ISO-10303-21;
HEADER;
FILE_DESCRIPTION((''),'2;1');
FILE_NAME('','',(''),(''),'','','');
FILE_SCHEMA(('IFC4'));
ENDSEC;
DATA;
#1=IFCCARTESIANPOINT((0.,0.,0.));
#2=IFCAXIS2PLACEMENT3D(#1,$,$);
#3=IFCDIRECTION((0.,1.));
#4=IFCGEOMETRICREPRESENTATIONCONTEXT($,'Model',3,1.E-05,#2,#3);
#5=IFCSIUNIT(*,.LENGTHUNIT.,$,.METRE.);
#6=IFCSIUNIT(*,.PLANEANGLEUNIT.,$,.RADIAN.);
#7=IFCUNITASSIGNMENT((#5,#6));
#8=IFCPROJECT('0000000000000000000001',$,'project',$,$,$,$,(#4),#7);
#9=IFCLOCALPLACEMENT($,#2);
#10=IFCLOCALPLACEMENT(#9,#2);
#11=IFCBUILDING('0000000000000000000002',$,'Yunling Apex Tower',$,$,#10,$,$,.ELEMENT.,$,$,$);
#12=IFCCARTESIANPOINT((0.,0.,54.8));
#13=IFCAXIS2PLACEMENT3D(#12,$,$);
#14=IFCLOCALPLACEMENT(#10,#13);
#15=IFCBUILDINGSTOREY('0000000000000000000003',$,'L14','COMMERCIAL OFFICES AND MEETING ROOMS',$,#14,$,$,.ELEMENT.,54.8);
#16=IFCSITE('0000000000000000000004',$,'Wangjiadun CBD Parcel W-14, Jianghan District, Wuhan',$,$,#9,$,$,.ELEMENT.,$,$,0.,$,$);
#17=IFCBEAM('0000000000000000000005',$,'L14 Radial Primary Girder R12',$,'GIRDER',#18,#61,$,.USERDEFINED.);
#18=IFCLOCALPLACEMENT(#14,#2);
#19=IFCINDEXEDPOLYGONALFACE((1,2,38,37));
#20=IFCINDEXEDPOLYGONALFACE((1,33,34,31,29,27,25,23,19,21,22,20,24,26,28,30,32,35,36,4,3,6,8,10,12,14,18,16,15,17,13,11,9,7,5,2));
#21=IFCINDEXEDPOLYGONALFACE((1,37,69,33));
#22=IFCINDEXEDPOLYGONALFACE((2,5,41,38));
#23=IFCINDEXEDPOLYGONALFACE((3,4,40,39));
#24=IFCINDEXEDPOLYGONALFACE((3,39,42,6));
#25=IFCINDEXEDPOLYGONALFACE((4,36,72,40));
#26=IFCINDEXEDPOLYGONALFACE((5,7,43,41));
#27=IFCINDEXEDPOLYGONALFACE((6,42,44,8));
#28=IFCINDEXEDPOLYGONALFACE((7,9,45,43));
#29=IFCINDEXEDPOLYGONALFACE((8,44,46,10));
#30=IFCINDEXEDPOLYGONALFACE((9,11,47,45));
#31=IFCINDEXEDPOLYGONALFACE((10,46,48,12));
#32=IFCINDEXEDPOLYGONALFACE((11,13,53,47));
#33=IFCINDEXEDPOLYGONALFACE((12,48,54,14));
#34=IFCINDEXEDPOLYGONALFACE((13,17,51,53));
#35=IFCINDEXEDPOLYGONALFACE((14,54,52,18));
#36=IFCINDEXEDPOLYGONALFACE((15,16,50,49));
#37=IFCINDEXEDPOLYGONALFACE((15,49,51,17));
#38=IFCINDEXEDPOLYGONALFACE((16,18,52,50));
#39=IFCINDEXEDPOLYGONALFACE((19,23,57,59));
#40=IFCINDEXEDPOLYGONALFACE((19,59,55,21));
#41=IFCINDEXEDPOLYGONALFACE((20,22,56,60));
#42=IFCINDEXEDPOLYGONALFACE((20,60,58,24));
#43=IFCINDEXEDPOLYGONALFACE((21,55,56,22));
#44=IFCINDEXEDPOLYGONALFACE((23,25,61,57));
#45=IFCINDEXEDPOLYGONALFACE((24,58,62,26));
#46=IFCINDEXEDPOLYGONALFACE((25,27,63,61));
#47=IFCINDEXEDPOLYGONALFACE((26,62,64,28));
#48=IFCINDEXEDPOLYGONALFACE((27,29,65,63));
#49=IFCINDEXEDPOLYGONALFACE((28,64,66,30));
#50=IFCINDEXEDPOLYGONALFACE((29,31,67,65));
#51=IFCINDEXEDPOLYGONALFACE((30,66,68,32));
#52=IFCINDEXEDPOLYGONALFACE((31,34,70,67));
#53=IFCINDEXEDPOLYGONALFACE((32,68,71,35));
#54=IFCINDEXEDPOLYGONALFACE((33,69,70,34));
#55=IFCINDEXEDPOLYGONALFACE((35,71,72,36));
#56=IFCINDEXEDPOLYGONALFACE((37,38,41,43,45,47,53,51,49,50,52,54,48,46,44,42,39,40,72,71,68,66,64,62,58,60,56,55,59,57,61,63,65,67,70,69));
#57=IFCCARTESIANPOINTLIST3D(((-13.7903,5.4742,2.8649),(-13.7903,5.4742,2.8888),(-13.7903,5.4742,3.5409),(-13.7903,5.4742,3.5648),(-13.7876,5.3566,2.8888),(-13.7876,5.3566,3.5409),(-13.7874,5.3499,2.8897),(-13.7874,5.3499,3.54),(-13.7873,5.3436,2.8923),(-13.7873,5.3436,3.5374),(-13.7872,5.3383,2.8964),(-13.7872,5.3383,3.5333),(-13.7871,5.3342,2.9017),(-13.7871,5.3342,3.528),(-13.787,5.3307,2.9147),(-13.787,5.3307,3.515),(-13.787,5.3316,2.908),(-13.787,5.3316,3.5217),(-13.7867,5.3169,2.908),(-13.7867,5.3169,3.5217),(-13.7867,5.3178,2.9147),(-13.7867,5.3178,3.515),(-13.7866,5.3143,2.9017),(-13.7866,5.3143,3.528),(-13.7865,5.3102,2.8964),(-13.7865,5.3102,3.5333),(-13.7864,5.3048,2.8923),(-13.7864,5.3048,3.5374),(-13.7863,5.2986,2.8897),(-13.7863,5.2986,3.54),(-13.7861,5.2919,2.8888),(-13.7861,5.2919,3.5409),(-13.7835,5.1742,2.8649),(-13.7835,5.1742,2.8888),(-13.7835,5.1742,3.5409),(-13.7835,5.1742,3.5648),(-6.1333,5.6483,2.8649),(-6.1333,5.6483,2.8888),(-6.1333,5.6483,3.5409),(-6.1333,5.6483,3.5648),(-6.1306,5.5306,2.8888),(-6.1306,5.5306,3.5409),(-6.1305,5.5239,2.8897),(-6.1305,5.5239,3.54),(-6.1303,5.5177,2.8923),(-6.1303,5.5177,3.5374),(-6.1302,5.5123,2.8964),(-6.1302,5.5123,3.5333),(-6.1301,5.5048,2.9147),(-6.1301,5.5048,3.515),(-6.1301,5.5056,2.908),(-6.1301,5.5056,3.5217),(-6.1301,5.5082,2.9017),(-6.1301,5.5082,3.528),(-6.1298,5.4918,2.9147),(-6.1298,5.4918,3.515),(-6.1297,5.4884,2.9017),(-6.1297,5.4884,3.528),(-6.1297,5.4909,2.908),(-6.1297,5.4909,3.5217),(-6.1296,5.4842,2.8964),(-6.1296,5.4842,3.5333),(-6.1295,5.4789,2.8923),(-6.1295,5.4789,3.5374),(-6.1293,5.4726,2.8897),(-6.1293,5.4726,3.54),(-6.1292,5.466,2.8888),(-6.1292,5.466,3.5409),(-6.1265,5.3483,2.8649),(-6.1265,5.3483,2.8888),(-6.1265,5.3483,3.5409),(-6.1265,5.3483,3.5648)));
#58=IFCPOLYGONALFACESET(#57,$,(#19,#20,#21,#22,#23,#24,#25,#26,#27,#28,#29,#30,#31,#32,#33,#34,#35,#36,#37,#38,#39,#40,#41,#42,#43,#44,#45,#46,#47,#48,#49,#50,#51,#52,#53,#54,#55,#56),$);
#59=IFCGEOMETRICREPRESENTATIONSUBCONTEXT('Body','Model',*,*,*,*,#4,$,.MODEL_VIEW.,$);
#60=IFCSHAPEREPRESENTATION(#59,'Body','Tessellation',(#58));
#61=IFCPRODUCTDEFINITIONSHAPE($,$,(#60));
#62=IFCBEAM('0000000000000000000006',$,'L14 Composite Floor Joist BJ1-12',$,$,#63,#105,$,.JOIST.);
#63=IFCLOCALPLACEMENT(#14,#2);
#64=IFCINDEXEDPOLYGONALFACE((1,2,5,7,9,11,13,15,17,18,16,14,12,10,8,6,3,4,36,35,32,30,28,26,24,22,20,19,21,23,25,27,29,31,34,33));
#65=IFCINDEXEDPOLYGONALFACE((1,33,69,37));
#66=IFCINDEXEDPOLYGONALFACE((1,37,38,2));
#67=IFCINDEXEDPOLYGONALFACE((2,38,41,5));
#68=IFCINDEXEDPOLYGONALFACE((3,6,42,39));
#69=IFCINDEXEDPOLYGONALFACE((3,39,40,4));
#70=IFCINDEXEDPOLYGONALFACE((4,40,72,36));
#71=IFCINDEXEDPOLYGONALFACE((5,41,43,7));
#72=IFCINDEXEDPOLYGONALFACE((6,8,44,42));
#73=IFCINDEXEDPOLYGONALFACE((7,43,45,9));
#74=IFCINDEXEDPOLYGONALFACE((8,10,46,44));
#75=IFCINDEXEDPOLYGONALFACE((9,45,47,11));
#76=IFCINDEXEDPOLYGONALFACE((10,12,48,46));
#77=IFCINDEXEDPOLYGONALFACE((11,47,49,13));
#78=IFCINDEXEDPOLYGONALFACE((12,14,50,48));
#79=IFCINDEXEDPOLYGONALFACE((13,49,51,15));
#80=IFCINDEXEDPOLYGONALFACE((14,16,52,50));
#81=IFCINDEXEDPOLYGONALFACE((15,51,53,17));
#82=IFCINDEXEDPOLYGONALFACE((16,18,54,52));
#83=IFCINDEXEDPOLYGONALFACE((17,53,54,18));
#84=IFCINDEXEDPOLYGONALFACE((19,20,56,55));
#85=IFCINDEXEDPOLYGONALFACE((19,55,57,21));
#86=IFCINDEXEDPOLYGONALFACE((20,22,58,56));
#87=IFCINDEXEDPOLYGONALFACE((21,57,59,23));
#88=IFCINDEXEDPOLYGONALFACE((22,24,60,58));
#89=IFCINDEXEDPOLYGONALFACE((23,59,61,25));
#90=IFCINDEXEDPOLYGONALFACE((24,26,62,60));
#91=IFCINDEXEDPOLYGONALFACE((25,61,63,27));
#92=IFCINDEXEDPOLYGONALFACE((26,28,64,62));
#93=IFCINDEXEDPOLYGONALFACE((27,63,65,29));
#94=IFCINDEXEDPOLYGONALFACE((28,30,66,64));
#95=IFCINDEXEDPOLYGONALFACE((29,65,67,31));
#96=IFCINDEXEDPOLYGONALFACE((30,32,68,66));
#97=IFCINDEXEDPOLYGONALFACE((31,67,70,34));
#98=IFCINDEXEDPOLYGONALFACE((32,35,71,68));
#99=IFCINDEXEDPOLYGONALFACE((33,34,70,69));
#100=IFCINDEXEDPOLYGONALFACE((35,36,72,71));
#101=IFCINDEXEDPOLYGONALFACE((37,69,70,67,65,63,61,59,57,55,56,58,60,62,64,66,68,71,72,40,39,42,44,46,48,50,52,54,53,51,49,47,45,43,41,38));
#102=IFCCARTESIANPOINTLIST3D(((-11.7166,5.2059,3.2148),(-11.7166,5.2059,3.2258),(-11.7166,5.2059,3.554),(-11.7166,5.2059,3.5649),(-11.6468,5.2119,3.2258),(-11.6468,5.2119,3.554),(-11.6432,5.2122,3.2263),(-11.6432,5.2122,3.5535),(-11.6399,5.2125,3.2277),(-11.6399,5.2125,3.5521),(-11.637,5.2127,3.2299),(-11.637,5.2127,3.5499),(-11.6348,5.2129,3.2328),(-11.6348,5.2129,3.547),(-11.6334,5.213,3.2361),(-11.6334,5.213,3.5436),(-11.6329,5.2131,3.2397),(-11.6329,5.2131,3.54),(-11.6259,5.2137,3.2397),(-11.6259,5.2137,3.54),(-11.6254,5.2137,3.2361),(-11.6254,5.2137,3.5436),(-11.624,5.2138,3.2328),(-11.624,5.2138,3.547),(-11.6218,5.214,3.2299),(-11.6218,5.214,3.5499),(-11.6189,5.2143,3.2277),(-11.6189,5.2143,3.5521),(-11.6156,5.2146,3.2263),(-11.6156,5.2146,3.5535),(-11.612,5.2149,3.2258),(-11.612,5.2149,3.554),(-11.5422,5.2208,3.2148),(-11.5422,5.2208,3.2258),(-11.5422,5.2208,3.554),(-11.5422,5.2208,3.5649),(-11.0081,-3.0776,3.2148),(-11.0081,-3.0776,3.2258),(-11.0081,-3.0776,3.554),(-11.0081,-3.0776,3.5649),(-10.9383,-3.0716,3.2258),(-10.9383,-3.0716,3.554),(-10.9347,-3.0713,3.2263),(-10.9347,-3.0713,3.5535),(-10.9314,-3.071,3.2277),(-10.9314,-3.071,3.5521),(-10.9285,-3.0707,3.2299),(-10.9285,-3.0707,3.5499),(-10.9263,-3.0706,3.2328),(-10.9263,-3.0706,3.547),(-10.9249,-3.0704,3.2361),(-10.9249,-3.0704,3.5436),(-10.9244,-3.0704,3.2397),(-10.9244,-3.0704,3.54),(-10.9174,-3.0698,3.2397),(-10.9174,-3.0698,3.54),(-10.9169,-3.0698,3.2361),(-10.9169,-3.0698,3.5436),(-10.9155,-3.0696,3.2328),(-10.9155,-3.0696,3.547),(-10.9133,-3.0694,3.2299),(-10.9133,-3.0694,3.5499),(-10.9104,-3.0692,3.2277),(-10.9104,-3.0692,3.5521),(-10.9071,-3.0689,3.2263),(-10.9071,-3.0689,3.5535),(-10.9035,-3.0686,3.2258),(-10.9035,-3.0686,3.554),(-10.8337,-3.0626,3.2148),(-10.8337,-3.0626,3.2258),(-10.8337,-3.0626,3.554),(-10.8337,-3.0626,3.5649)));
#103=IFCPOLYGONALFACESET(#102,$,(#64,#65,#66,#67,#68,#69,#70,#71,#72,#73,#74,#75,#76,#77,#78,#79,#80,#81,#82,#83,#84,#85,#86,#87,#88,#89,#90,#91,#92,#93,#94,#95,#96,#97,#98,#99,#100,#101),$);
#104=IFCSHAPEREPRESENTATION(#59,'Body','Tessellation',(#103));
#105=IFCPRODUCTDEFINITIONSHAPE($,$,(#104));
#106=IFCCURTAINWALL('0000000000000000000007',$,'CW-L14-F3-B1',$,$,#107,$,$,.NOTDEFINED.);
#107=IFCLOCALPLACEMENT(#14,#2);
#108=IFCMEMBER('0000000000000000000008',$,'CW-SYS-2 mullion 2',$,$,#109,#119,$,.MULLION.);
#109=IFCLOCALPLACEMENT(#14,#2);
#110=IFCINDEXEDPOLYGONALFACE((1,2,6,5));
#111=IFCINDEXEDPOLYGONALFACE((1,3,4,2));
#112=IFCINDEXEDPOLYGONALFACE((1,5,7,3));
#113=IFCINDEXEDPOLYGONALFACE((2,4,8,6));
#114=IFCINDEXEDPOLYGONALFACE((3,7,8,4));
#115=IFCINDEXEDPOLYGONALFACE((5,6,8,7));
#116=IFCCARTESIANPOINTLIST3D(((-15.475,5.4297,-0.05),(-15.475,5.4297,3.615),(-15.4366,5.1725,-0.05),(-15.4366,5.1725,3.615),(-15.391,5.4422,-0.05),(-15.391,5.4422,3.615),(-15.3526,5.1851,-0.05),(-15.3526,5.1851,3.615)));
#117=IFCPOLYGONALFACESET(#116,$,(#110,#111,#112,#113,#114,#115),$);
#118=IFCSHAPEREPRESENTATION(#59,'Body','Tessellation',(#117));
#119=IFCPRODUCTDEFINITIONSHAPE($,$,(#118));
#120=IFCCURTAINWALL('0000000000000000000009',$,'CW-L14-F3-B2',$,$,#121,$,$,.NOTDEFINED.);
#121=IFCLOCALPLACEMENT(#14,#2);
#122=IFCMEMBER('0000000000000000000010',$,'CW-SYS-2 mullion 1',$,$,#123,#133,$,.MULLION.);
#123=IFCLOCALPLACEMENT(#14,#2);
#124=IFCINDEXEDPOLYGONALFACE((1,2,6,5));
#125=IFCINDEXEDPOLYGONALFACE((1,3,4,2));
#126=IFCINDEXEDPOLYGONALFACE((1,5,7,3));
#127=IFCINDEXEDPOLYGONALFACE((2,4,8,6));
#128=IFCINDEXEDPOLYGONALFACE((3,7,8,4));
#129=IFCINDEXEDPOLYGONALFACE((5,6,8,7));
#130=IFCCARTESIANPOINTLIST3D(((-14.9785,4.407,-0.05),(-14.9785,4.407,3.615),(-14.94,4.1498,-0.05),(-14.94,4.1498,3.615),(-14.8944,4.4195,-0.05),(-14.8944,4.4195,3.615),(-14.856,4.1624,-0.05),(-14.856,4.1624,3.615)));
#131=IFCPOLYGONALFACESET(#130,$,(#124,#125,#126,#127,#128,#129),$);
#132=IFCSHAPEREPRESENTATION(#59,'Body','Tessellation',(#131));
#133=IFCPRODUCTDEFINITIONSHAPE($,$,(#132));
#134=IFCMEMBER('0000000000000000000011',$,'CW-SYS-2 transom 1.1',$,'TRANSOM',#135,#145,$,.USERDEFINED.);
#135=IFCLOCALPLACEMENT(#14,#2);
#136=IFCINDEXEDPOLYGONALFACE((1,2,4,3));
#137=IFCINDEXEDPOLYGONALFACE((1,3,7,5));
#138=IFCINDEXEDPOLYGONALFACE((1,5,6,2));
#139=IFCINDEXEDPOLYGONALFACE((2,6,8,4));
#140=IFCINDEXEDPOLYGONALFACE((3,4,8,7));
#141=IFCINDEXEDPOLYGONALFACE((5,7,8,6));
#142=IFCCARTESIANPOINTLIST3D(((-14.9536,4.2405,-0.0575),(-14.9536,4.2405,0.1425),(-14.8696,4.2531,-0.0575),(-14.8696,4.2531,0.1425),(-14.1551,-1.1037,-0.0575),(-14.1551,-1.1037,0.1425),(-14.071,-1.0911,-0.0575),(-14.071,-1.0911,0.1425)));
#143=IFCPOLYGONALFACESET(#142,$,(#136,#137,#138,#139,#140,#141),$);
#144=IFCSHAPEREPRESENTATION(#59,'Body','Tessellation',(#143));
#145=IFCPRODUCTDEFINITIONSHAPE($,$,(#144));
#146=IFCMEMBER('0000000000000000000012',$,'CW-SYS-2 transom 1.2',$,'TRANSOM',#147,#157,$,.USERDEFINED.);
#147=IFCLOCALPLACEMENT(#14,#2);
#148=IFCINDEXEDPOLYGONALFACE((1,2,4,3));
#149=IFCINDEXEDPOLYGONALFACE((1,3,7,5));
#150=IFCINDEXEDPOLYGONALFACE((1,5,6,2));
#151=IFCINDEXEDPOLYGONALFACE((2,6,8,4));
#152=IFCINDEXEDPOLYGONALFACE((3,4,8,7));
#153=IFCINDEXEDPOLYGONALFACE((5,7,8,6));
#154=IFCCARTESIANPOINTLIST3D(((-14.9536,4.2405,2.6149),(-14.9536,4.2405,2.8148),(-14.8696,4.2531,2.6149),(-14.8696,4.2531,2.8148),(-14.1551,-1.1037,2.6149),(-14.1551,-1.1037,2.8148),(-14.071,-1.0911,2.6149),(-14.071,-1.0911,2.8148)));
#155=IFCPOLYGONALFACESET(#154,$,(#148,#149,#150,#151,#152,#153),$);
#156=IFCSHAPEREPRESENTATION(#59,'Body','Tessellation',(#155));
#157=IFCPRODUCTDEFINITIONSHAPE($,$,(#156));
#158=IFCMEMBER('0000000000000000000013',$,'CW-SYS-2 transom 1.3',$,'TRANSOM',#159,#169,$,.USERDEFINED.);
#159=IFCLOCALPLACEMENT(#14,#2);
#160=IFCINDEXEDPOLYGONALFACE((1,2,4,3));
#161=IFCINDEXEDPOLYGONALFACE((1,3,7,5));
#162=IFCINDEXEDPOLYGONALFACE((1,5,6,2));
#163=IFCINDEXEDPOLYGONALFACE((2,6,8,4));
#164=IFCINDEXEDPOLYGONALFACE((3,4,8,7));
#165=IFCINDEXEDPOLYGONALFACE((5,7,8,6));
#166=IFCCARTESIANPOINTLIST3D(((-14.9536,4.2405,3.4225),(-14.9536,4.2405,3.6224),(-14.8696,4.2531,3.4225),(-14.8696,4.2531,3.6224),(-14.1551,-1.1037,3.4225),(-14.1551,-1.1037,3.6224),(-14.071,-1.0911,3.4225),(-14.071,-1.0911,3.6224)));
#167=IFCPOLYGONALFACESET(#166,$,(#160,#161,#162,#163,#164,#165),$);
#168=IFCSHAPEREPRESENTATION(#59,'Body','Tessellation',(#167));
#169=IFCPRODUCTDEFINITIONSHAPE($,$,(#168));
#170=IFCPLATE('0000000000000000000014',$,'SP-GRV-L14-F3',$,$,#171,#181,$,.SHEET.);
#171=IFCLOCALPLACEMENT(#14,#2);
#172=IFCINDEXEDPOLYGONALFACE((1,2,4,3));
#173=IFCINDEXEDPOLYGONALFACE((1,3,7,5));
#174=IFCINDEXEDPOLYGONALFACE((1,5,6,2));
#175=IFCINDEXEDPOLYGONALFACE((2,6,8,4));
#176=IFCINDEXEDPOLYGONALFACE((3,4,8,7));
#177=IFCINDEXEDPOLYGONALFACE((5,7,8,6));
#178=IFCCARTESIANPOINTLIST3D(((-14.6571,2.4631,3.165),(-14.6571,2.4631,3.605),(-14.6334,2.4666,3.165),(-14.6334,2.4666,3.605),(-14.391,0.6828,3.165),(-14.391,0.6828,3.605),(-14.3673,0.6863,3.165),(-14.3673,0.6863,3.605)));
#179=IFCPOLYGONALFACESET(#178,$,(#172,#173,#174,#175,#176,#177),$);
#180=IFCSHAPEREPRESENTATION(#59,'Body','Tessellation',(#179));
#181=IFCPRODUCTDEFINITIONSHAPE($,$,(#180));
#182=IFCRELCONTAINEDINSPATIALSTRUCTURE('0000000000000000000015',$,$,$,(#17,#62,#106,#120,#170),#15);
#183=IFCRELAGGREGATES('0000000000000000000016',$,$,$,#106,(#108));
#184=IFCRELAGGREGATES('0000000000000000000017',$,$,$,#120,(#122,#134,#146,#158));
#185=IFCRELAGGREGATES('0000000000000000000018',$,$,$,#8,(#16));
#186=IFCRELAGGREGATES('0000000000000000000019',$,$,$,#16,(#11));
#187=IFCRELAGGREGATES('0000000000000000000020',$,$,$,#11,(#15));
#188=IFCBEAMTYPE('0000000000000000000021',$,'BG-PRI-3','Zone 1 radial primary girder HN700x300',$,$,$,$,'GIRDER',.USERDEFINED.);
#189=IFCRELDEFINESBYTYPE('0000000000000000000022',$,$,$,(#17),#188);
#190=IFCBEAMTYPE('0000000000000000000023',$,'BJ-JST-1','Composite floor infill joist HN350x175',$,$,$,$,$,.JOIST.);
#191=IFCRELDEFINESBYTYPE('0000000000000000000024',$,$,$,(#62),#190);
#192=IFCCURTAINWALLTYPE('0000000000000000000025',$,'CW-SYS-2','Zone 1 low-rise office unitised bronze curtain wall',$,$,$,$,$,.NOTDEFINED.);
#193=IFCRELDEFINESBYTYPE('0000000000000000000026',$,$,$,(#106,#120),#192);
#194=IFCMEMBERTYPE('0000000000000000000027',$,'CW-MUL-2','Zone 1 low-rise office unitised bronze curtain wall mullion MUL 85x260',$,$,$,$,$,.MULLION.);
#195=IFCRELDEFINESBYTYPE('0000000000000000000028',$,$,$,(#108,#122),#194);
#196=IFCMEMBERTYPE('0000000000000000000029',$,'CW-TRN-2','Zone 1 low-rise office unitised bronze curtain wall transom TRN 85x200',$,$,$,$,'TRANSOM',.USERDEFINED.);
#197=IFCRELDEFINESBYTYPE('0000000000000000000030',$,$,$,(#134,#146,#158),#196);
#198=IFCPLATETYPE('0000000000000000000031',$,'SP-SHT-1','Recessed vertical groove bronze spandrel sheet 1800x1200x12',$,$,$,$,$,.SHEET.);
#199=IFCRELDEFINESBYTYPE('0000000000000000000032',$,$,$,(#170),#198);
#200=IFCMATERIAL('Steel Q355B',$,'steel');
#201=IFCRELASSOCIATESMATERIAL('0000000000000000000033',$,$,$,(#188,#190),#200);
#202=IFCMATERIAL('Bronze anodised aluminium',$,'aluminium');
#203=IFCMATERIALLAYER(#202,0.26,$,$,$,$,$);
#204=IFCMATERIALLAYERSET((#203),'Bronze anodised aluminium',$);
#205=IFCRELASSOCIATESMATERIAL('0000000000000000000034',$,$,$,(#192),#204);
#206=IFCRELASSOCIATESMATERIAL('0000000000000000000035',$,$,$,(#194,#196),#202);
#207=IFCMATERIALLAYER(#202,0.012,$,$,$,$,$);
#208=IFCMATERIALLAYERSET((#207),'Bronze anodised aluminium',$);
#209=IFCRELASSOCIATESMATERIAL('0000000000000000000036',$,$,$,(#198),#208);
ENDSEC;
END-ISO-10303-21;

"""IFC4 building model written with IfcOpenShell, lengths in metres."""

from ifc_helpers import new_model, si_unit, direction, frame, origin, origin_2d, place, context, subcontext, project, spatial, rectangle, i_section, extrude, source, transform, mapped, material, layer, layer_set, material_profile, profile_set, type_object, element, aggregate, save


model = new_model("IFC4")

# Units and contexts
model_context = context("Model", 3, precision=1e-05, world=origin(), true_north=direction((0.0, 1.0)))
body_context = subcontext(model_context, "Body", "Model", "MODEL_VIEW")
ifc_project = project(units=[si_unit("LENGTHUNIT", "METRE"), si_unit("PLANEANGLEUNIT", "RADIAN")], contexts=[model_context])

# Site, building, storey
site_placement = place(None, origin())
site = spatial("IfcSite", under=ifc_project, at=site_placement, Name="Wangjiadun CBD Parcel W-14, Jianghan District, Wuhan", CompositionType="ELEMENT", RefElevation=0.0)
building_placement = place(site_placement, origin())
building = spatial("IfcBuilding", under=site, at=building_placement, Name="Yunling Apex Tower", CompositionType="ELEMENT")
storey_placement = place(building_placement, frame((0.0, 0.0, 54.8)))
storey = spatial("IfcBuildingStorey", under=building, at=storey_placement, Name="L14", Description="COMMERCIAL OFFICES AND MEETING ROOMS", CompositionType="ELEMENT", Elevation=54.8)

# Beams
ifc_material_1 = material(Name="Steel Q355B", Category="steel")
ifc_material_profile_1 = material_profile(ifc_material_1, i_section(OverallWidth=0.3, OverallDepth=0.7, WebThickness=0.0129, FlangeThickness=0.0239, FilletRadius=0.0259, at=origin_2d()))
ifc_profile_set_1 = profile_set([ifc_material_profile_1], Name="Steel Q355B")
beam_type_1 = type_object("IfcBeamType", Name="BG-PRI-3", Description="Zone 1 radial primary girder HN700x300", ElementType="GIRDER", PredefinedType="USERDEFINED", material=ifc_profile_set_1)
shared_shape_1 = source(origin(), body_context, "Body", "SweptSolid", [
    extrude(i_section(OverallWidth=0.3, OverallDepth=0.7, WebThickness=0.0129, FlangeThickness=0.0239, FilletRadius=0.0259, at=origin_2d()), origin(), (0.0, 0.0, 1.0), 7.6589),
])
beam_1_placement = place(storey_placement, frame((-13.7869, 5.3242, 3.2148), z_axis=(0.999742, 0.022728, 0.0), x_axis=(-0.022728, 0.999742, 0.0)))
element("IfcBeam", 1, at=beam_1_placement, inside=storey, type_object=beam_type_1, Name="L14 Radial Primary Girder R12", ObjectType="GIRDER", PredefinedType="USERDEFINED", context=body_context, shape_type="MappedRepresentation", body=[
    mapped(shared_shape_1, transform((0.0, 0.0, 0.0), scale=1.0)),
])
ifc_material_profile_2 = material_profile(ifc_material_1, i_section(OverallWidth=0.175, OverallDepth=0.3501, WebThickness=0.0071, FlangeThickness=0.011, FilletRadius=0.0139, at=origin_2d()))
ifc_profile_set_2 = profile_set([ifc_material_profile_2], Name="Steel Q355B")
beam_type_2 = type_object("IfcBeamType", Name="BJ-JST-1", Description="Composite floor infill joist HN350x175", PredefinedType="JOIST", material=ifc_profile_set_2)
shared_shape_2 = source(origin(), body_context, "Body", "SweptSolid", [
    extrude(i_section(OverallWidth=0.175, OverallDepth=0.3501, WebThickness=0.0071, FlangeThickness=0.011, FilletRadius=0.0139, at=origin_2d()), origin(), (0.0, 0.0, 1.0), 8.3137),
])
beam_2_placement = place(storey_placement, frame((-11.6294, 5.2134, 3.3899), z_axis=(0.08522, -0.996362, 0.0), x_axis=(0.996362, 0.08522, 0.0)))
element("IfcBeam", 2, at=beam_2_placement, inside=storey, type_object=beam_type_2, Name="L14 Composite Floor Joist BJ1-12", PredefinedType="JOIST", context=body_context, shape_type="MappedRepresentation", body=[
    mapped(shared_shape_2, transform((0.0, 0.0, 0.0), scale=1.0)),
])

# Curtain wall, member
ifc_material_2 = material(Name="Bronze anodised aluminium", Category="aluminium")
ifc_layer_1 = layer(ifc_material_2, 0.26)
ifc_layer_set_1 = layer_set([ifc_layer_1], Name="Bronze anodised aluminium")
curtain_wall_type = type_object("IfcCurtainWallType", Name="CW-SYS-2", Description="Zone 1 low-rise office unitised bronze curtain wall", PredefinedType="NOTDEFINED", material=ifc_layer_set_1)
curtain_wall_1_placement = place(storey_placement, origin())
curtain_wall_1 = element("IfcCurtainWall", 3, at=curtain_wall_1_placement, inside=storey, type_object=curtain_wall_type, Name="CW-L14-F3-B1", PredefinedType="NOTDEFINED")
ifc_material_profile_3 = material_profile(ifc_material_2, rectangle(XDim=0.085, YDim=0.26, at=origin_2d()))
ifc_profile_set_3 = profile_set([ifc_material_profile_3], Name="Bronze anodised aluminium")
member_type_1 = type_object("IfcMemberType", Name="CW-MUL-2", Description="Zone 1 low-rise office unitised bronze curtain wall mullion MUL 85x260", PredefinedType="MULLION", material=ifc_profile_set_3)
shared_shape_3 = source(origin(), body_context, "Body", "SweptSolid", [
    extrude(rectangle(XDim=0.085, YDim=0.26, at=origin_2d()), origin(), (0.0, 0.0, 1.0), 3.665),
])
member_1_placement = place(storey_placement, frame((-15.4138, 5.3074, -0.05), z_axis=(0.0, 0.0, 1.0), x_axis=(0.989017, 0.147799, 0.0)))
member_1 = element("IfcMember", 4, at=member_1_placement, type_object=member_type_1, Name="CW-SYS-2 mullion 2", PredefinedType="MULLION", context=body_context, shape_type="MappedRepresentation", body=[
    mapped(shared_shape_3, transform((0.0, 0.0, 0.0), scale=1.0)),
])
aggregate(curtain_wall_1, [member_1])

# Curtain wall, members
curtain_wall_2_placement = place(storey_placement, origin())
curtain_wall_2 = element("IfcCurtainWall", 5, at=curtain_wall_2_placement, inside=storey, type_object=curtain_wall_type, Name="CW-L14-F3-B2", PredefinedType="NOTDEFINED")
member_2_placement = place(storey_placement, frame((-14.9172, 4.2847, -0.05), z_axis=(0.0, 0.0, 1.0), x_axis=(0.989017, 0.147801, 0.0)))
member_2 = element("IfcMember", 6, at=member_2_placement, type_object=member_type_1, Name="CW-SYS-2 mullion 1", PredefinedType="MULLION", context=body_context, shape_type="MappedRepresentation", body=[
    mapped(shared_shape_3, transform((0.0, 0.0, 0.0), scale=1.0)),
])
ifc_material_profile_4 = material_profile(ifc_material_2, rectangle(XDim=0.085, YDim=0.2, at=origin_2d()))
ifc_profile_set_4 = profile_set([ifc_material_profile_4], Name="Bronze anodised aluminium")
member_type_2 = type_object("IfcMemberType", Name="CW-TRN-2", Description="Zone 1 low-rise office unitised bronze curtain wall transom TRN 85x200", ElementType="TRANSOM", PredefinedType="USERDEFINED", material=ifc_profile_set_4)
shared_shape_4 = source(origin(), body_context, "Body", "SweptSolid", [
    extrude(rectangle(XDim=0.085, YDim=0.2, at=origin_2d()), origin(), (0.0, 0.0, 1.0), 5.4036),
])
member_3_placement = place(storey_placement, frame((-14.9116, 4.2468, 0.0425), z_axis=(0.147788, -0.989019, 0.0), x_axis=(0.989019, 0.147788, 0.0)))
member_3 = element("IfcMember", 7, at=member_3_placement, type_object=member_type_2, Name="CW-SYS-2 transom 1.1", ObjectType="TRANSOM", PredefinedType="USERDEFINED", context=body_context, shape_type="MappedRepresentation", body=[
    mapped(shared_shape_4, transform((0.0, 0.0, 0.0), scale=1.0)),
])
member_4_placement = place(storey_placement, frame((-14.9116, 4.2468, 2.7148), z_axis=(0.147788, -0.989019, 0.0), x_axis=(0.989019, 0.147788, 0.0)))
member_4 = element("IfcMember", 8, at=member_4_placement, type_object=member_type_2, Name="CW-SYS-2 transom 1.2", ObjectType="TRANSOM", PredefinedType="USERDEFINED", context=body_context, shape_type="MappedRepresentation", body=[
    mapped(shared_shape_4, transform((0.0, 0.0, 0.0), scale=1.0)),
])
member_5_placement = place(storey_placement, frame((-14.9116, 4.2468, 3.5225), z_axis=(0.147788, -0.989019, 0.0), x_axis=(0.989019, 0.147788, 0.0)))
member_5 = element("IfcMember", 9, at=member_5_placement, type_object=member_type_2, Name="CW-SYS-2 transom 1.3", ObjectType="TRANSOM", PredefinedType="USERDEFINED", context=body_context, shape_type="MappedRepresentation", body=[
    mapped(shared_shape_4, transform((0.0, 0.0, 0.0), scale=1.0)),
])

# Plate
ifc_layer_2 = layer(ifc_material_2, 0.012)
ifc_layer_set_2 = layer_set([ifc_layer_2], Name="Bronze anodised aluminium")
plate_type_1 = type_object("IfcPlateType", Name="SP-SHT-1", Description="Recessed vertical groove bronze spandrel sheet 1800x1200x12", PredefinedType="SHEET", material=ifc_layer_set_2)
shared_shape_5 = source(origin(), body_context, "Body", "SweptSolid", [
    extrude(rectangle(XDim=1.8, YDim=0.0239, at=origin_2d()), origin(), (0.0, 0.0, 1.0), 0.4399),
])
plate_1_placement = place(storey_placement, frame((-14.5122, 1.5747, 3.165), z_axis=(0.0, 0.0, 1.0), x_axis=(0.147809, -0.989016, 0.0)))
element("IfcPlate", 10, at=plate_1_placement, inside=storey, type_object=plate_type_1, Name="SP-GRV-L14-F3", PredefinedType="SHEET", context=body_context, shape_type="MappedRepresentation", body=[
    mapped(shared_shape_5, transform((0.0, 0.0, 0.0), scale=1.0)),
])
aggregate(curtain_wall_2, [member_2, member_3, member_4, member_5])

save(model, "model.ifc")
